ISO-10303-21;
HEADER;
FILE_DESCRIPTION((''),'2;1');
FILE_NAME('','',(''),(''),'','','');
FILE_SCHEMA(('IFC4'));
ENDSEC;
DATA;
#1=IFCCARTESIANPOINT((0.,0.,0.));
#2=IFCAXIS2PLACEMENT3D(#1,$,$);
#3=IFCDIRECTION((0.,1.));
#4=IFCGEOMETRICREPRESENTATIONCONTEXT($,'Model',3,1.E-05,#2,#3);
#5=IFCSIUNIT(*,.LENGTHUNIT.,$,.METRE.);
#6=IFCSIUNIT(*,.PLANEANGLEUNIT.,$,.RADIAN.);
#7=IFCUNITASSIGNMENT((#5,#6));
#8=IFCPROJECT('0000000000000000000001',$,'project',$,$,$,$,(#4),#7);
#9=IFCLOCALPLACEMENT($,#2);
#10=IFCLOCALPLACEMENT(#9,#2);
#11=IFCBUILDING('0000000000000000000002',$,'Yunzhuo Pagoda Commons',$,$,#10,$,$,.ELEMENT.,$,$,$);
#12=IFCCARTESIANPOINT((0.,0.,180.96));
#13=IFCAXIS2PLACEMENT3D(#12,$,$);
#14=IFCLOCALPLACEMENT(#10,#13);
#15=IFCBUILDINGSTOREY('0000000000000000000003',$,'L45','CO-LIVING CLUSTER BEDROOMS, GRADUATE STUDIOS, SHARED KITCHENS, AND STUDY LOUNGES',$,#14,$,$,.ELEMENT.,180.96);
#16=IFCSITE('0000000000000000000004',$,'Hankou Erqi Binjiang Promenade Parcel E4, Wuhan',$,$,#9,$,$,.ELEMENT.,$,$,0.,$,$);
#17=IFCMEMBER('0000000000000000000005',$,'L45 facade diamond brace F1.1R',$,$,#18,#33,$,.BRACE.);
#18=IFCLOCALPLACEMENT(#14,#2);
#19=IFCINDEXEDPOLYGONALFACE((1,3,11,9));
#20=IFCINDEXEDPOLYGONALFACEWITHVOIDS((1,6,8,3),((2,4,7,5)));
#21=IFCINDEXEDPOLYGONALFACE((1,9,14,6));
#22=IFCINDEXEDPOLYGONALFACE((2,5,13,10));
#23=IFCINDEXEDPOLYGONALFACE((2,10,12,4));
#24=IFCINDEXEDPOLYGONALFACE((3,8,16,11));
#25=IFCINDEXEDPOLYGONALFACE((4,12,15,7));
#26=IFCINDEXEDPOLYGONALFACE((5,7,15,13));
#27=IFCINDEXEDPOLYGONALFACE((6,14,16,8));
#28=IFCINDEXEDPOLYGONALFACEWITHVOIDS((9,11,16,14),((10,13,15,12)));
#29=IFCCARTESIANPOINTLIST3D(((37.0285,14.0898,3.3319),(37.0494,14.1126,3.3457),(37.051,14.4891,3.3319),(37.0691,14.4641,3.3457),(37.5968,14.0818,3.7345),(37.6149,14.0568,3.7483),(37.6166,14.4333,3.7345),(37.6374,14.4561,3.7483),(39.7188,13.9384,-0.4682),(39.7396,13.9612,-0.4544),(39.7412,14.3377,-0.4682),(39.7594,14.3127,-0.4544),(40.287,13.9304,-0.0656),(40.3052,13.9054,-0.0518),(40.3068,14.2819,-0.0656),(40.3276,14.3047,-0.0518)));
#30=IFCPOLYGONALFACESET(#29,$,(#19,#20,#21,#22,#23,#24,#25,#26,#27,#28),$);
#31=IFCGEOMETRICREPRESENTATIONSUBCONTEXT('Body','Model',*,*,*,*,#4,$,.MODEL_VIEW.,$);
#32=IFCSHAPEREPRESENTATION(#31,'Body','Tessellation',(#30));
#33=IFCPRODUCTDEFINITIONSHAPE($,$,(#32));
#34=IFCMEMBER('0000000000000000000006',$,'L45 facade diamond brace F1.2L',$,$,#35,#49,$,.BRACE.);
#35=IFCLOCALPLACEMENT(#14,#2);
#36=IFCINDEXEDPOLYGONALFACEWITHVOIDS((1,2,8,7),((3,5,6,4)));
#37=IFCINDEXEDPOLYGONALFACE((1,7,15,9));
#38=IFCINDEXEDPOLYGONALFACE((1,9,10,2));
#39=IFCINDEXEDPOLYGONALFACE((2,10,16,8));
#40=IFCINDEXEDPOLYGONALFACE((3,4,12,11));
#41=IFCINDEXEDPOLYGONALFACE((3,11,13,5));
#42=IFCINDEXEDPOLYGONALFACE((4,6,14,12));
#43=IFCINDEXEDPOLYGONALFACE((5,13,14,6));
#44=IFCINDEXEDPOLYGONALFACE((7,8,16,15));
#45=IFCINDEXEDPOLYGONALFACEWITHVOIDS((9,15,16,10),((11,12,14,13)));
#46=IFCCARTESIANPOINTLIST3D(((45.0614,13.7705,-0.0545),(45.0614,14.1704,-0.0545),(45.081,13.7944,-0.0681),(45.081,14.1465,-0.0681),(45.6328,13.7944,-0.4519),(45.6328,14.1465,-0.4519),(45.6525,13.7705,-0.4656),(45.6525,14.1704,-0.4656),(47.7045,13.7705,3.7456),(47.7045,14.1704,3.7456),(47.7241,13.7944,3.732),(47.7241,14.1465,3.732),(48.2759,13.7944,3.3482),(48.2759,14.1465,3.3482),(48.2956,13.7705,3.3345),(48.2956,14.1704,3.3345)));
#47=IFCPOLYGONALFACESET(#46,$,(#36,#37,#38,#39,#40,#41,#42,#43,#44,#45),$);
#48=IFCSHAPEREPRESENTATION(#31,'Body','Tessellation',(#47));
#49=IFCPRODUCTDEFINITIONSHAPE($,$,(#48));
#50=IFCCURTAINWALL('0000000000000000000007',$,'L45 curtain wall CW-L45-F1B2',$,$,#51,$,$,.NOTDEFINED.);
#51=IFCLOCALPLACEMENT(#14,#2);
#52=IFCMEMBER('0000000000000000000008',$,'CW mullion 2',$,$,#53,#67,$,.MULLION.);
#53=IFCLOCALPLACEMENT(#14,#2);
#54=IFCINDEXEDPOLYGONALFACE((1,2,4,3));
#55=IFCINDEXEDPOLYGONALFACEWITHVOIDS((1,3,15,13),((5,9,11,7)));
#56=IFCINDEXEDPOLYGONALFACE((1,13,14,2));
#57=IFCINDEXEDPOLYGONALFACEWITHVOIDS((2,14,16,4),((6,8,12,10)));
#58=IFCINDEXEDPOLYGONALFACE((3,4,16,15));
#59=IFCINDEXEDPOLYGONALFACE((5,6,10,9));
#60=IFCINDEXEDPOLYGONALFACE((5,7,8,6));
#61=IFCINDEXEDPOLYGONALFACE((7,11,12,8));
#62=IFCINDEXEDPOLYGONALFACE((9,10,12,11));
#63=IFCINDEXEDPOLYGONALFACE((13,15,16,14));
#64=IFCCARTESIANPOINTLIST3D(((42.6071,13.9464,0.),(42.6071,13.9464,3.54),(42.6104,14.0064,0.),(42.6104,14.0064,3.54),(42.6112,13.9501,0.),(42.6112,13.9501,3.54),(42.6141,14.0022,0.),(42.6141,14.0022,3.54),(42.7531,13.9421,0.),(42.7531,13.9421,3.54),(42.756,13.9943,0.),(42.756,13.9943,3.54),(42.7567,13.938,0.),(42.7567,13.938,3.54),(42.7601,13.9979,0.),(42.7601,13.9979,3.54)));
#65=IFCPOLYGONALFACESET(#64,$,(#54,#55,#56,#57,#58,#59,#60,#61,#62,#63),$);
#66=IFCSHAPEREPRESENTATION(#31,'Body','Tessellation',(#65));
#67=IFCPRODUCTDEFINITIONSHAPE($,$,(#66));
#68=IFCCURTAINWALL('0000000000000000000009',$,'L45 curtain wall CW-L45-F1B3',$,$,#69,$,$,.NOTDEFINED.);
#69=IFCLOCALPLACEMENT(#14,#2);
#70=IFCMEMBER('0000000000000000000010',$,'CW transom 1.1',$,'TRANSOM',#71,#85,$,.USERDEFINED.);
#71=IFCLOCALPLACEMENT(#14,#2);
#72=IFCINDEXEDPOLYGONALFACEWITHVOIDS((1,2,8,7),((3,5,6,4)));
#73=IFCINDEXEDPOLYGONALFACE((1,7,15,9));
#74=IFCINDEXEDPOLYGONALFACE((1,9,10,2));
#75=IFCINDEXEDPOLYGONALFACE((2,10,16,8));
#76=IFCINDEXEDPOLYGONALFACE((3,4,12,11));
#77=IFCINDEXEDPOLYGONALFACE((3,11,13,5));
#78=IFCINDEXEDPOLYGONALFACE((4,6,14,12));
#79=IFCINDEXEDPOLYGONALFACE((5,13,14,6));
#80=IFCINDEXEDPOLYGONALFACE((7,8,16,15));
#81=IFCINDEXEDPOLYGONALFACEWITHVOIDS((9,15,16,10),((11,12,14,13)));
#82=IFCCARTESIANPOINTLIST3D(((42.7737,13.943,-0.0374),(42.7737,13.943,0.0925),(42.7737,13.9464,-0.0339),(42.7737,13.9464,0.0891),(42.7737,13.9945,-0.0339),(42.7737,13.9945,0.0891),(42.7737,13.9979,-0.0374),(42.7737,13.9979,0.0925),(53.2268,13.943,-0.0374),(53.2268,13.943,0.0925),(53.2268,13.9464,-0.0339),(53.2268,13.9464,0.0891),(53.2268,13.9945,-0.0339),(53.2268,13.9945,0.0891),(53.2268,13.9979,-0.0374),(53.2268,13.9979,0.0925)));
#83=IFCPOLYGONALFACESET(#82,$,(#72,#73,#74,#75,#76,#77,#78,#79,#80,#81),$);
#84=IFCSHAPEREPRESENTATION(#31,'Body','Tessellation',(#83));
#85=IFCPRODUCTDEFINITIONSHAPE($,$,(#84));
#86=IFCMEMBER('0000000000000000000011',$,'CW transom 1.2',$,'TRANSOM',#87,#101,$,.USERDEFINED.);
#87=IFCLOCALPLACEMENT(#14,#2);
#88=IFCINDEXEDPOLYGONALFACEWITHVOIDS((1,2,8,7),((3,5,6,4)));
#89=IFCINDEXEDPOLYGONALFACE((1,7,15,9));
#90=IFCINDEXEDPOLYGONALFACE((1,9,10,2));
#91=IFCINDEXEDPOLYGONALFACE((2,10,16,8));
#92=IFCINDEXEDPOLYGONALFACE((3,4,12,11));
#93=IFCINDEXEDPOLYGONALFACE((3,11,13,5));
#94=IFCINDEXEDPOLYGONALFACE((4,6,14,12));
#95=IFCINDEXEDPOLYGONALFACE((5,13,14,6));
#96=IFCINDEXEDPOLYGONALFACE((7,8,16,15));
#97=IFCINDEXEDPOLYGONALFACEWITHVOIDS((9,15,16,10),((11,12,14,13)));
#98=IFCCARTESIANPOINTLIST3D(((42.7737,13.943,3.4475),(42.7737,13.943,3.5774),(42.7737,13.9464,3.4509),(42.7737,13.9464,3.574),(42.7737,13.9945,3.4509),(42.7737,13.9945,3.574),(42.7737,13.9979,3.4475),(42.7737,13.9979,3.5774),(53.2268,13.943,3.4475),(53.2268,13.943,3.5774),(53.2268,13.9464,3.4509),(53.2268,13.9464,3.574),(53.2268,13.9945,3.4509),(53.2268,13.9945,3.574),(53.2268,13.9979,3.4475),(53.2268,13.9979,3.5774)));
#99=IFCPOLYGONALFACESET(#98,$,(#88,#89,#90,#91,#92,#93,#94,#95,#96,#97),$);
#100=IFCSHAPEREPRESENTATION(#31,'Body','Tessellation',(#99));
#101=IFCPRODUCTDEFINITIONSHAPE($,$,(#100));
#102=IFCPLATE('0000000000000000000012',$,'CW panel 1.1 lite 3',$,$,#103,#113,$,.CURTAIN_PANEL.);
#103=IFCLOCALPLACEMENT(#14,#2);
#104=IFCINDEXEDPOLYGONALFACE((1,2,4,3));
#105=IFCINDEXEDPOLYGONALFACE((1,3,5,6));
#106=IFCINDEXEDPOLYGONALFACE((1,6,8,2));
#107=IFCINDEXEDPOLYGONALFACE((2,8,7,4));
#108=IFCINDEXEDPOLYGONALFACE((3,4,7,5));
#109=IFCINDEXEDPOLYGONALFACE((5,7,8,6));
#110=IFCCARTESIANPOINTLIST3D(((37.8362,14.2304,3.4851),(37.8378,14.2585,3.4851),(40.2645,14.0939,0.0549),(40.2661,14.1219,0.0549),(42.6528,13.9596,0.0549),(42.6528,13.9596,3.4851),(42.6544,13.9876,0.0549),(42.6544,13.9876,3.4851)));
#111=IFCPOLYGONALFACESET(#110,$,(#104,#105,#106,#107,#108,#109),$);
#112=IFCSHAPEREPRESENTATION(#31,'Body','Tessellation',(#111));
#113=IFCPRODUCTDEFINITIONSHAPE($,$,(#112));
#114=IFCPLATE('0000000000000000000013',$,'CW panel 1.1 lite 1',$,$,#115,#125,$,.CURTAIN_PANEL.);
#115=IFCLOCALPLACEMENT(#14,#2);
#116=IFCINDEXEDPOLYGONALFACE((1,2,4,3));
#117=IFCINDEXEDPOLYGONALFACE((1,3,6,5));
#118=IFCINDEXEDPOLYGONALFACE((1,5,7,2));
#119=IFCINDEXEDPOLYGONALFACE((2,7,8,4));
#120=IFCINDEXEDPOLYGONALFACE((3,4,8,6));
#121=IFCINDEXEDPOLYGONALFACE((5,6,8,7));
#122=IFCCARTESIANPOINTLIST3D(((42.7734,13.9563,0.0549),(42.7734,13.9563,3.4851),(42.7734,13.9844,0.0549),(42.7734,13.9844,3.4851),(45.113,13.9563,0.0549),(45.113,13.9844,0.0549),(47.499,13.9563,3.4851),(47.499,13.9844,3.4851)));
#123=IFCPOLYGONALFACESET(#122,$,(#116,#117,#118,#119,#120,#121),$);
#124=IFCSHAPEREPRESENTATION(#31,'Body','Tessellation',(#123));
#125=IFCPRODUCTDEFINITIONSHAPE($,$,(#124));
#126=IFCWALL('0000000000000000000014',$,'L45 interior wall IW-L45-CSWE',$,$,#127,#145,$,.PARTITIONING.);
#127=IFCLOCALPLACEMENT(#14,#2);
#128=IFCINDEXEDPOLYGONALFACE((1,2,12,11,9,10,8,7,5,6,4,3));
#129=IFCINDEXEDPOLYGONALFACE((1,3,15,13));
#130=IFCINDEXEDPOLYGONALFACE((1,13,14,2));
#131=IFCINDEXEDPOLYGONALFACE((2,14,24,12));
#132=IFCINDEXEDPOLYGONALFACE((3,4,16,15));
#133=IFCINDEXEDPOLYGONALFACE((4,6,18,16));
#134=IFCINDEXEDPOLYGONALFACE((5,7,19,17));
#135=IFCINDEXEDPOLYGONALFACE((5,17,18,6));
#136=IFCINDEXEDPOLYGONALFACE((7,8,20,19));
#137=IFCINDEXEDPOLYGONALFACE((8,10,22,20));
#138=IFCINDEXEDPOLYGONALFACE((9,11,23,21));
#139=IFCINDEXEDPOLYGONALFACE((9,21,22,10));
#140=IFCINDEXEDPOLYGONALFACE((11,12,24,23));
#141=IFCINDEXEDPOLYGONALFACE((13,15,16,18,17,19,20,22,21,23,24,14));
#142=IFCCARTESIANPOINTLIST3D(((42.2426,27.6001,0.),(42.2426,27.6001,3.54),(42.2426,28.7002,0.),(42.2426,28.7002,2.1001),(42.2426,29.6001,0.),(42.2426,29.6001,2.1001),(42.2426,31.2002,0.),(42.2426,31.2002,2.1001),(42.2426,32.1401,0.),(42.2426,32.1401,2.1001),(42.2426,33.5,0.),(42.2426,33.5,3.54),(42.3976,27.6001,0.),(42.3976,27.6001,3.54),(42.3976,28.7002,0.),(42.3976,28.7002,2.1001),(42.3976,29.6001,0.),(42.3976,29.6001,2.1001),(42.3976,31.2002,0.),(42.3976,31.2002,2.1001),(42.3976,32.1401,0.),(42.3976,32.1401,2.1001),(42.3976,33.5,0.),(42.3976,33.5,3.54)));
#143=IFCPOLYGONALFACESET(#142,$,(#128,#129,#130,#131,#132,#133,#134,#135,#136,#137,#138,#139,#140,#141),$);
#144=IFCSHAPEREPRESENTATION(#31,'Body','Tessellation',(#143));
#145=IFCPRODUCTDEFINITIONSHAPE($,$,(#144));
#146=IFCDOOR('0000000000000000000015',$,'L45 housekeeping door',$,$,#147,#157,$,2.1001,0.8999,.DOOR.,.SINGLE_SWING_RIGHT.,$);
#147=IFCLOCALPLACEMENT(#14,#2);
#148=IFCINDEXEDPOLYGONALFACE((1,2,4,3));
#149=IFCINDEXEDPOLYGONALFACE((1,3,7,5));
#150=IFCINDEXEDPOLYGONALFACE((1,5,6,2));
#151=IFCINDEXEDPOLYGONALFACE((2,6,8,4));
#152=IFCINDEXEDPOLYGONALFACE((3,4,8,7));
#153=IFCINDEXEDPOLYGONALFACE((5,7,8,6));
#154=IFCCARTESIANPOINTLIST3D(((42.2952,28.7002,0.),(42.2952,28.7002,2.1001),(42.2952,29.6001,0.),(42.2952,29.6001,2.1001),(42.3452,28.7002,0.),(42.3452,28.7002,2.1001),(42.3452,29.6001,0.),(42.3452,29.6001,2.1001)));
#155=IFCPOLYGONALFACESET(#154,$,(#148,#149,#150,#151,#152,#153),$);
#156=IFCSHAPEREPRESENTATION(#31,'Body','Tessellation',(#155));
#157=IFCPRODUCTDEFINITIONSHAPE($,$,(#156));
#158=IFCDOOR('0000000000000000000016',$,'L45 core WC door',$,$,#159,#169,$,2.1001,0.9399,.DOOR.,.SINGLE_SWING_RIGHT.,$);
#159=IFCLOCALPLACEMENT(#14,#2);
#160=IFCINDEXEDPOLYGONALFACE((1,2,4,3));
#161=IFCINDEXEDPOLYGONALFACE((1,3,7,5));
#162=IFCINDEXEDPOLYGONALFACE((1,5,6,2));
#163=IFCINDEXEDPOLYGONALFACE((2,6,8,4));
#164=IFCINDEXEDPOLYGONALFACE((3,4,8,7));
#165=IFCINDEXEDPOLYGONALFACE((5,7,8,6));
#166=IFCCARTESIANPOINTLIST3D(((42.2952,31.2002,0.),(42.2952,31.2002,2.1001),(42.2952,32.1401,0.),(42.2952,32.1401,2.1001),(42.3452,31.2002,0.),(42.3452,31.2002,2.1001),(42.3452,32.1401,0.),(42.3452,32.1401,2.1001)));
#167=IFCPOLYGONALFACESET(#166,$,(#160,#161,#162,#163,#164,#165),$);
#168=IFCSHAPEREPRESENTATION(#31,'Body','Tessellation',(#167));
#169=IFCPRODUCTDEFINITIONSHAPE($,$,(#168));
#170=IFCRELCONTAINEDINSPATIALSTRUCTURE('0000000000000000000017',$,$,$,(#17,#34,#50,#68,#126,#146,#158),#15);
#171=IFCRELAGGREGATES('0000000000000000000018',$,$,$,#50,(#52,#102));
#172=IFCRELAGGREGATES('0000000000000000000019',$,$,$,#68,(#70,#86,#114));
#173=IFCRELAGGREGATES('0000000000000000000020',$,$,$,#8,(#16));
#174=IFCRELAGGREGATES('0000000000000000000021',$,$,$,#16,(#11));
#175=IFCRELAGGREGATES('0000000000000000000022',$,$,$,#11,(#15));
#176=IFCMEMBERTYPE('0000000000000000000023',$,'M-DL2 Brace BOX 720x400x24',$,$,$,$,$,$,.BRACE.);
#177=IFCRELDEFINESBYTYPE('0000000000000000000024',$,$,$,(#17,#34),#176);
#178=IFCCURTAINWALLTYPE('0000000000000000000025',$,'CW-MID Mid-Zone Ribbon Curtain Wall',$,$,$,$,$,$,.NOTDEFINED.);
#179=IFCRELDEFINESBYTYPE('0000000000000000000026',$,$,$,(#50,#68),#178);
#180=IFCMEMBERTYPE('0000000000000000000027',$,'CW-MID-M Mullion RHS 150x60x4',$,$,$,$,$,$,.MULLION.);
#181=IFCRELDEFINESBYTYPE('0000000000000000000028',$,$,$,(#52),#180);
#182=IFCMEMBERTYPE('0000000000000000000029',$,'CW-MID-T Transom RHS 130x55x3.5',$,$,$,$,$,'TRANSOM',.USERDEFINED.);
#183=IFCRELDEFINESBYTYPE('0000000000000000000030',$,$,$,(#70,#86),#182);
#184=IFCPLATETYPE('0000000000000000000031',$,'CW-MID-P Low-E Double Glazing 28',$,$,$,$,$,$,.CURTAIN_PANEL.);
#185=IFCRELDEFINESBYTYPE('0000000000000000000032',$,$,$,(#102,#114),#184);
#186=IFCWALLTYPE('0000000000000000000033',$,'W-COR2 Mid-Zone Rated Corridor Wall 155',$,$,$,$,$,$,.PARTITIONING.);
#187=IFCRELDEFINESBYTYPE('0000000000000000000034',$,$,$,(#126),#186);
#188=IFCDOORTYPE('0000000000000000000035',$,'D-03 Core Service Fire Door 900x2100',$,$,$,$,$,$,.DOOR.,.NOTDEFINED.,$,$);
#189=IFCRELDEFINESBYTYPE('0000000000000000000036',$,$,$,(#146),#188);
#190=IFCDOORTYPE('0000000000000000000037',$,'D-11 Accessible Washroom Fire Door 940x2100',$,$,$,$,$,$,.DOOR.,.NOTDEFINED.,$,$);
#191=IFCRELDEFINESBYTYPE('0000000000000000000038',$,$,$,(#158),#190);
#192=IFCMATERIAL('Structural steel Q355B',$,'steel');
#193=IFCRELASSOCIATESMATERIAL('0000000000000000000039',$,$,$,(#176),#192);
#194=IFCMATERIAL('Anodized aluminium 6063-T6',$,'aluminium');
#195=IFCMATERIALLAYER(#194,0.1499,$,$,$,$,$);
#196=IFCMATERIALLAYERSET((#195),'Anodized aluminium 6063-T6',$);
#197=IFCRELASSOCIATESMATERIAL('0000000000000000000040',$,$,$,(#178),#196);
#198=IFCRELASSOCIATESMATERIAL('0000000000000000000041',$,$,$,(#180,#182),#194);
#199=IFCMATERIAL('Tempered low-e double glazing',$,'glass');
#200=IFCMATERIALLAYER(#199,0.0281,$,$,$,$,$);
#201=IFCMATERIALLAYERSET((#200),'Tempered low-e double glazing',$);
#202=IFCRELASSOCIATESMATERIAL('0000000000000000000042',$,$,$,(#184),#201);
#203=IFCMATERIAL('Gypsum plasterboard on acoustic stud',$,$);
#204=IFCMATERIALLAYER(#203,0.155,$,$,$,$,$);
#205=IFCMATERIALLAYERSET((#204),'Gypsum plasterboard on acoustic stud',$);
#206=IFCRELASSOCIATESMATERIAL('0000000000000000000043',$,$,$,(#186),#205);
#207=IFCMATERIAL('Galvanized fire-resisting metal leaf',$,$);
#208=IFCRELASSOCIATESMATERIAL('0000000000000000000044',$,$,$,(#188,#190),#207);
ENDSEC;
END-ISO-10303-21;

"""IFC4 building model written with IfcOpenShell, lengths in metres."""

from ifc_helpers import new_model, si_unit, direction, frame, frame_2d, origin, origin_with_axes, origin_2d, place, context, subcontext, project, spatial, polyline, rectangle, hollow_rectangle, outline, extrude, source, transform, mapped, material, layer, layer_set, material_profile, profile_set, type_object, element, fill, aggregate, save


model = new_model("IFC4")

# Units and contexts
model_context = context("Model", 3, precision=1e-05, world=origin(), true_north=direction((0.0, 1.0)))
body_context = subcontext(model_context, "Body", "Model", "MODEL_VIEW")
ifc_project = project(units=[si_unit("LENGTHUNIT", "METRE"), si_unit("PLANEANGLEUNIT", "RADIAN")], contexts=[model_context])

# Site, building, storey
site_placement = place(None, origin())
site = spatial("IfcSite", under=ifc_project, at=site_placement, Name="Hankou Erqi Binjiang Promenade Parcel E4, Wuhan", CompositionType="ELEMENT", RefElevation=0.0)
building_placement = place(site_placement, origin())
building = spatial("IfcBuilding", under=site, at=building_placement, Name="Yunzhuo Pagoda Commons", CompositionType="ELEMENT")
storey_placement = place(building_placement, frame((0.0, 0.0, 180.96)))
storey = spatial("IfcBuildingStorey", under=building, at=storey_placement, Name="L45", Description="CO-LIVING CLUSTER BEDROOMS, GRADUATE STUDIOS, SHARED KITCHENS, AND STUDY LOUNGES", CompositionType="ELEMENT", Elevation=180.96)

# Shared definitions
ifc_material_1 = material(Name="Structural steel Q355B", Category="steel")

# Members
ifc_material_profile_1 = material_profile(ifc_material_1, hollow_rectangle(XDim=0.3999, YDim=0.72, WallThickness=0.0239, at=origin_2d()), Name="Structural steel Q355B")
ifc_profile_set_1 = profile_set([ifc_material_profile_1], Name="Structural steel Q355B")
member_type_1 = type_object("IfcMemberType", Name="M-DL2 Brace BOX 720x400x24", PredefinedType="BRACE", material=ifc_profile_set_1)
shared_shape_1 = source(origin(), body_context, "Body", "SweptSolid", [
    extrude(hollow_rectangle(XDim=0.3999, YDim=0.72, WallThickness=0.0239, at=origin_2d()), origin(), (0.0, 0.0, 1.0), 4.6584),
])
member_1_placement = place(storey_placement, frame((40.0232, 14.1216, -0.26), z_axis=(-0.577495, 0.032494, 0.815747), x_axis=(-0.056178, -0.998421, 0.0)))
element("IfcMember", 1, at=member_1_placement, inside=storey, type_object=member_type_1, Name="L45 facade diamond brace F1.1R", PredefinedType="BRACE", context=body_context, shape_type="MappedRepresentation", body=[
    mapped(shared_shape_1, transform((0.0, 0.0, 0.0), scale=1.0)),
])
shared_shape_2 = source(origin(), body_context, "Body", "SweptSolid", [
    extrude(hollow_rectangle(XDim=0.3999, YDim=0.72, WallThickness=0.0239, at=origin_2d()), origin(), (0.0, 0.0, 1.0), 4.6289),
])
member_2_placement = place(storey_placement, frame((45.3569, 13.9705, -0.26), z_axis=(0.571, 0.0, 0.82095), x_axis=(0.0, 1.0, 0.0)))
element("IfcMember", 2, at=member_2_placement, inside=storey, type_object=member_type_1, Name="L45 facade diamond brace F1.2L", PredefinedType="BRACE", context=body_context, shape_type="MappedRepresentation", body=[
    mapped(shared_shape_2, transform((0.0, 0.0, 0.0), scale=1.0)),
])

# Curtain wall, member
ifc_material_2 = material(Name="Anodized aluminium 6063-T6", Category="aluminium")
ifc_layer_1 = layer(ifc_material_2, 0.1499)
ifc_layer_set_1 = layer_set([ifc_layer_1], Name="Anodized aluminium 6063-T6")
curtain_wall_type = type_object("IfcCurtainWallType", Name="CW-MID Mid-Zone Ribbon Curtain Wall", PredefinedType="NOTDEFINED", material=ifc_layer_set_1)
curtain_wall_1_placement = place(storey_placement, origin())
curtain_wall_1 = element("IfcCurtainWall", 3, at=curtain_wall_1_placement, inside=storey, type_object=curtain_wall_type, Name="L45 curtain wall CW-L45-F1B2", PredefinedType="NOTDEFINED")
ifc_material_profile_2 = material_profile(ifc_material_2, hollow_rectangle(XDim=0.0601, YDim=0.1499, WallThickness=0.0039, at=origin_2d()), Name="Anodized aluminium 6063-T6")
ifc_profile_set_2 = profile_set([ifc_material_profile_2], Name="Anodized aluminium 6063-T6")
member_type_2 = type_object("IfcMemberType", Name="CW-MID-M Mullion RHS 150x60x4", PredefinedType="MULLION", material=ifc_profile_set_2)
shared_shape_3 = source(origin(), body_context, "Body", "SweptSolid", [
    extrude(hollow_rectangle(XDim=0.0601, YDim=0.1499, WallThickness=0.0039, at=origin_2d()), origin(), (0.0, 0.0, 1.0), 3.54),
])
member_3_placement = place(storey_placement, frame((42.6836, 13.9722, 0.0), z_axis=(0.0, 0.0, 1.0), x_axis=(0.056143, 0.998423, 0.0)))
member_3 = element("IfcMember", 4, at=member_3_placement, type_object=member_type_2, Name="CW mullion 2", PredefinedType="MULLION", context=body_context, shape_type="MappedRepresentation", body=[
    mapped(shared_shape_3, transform((0.0, 0.0, 0.0), scale=1.0)),
])

# Curtain wall, members
curtain_wall_2_placement = place(storey_placement, origin())
curtain_wall_2 = element("IfcCurtainWall", 5, at=curtain_wall_2_placement, inside=storey, type_object=curtain_wall_type, Name="L45 curtain wall CW-L45-F1B3", PredefinedType="NOTDEFINED")
ifc_material_profile_3 = material_profile(ifc_material_2, hollow_rectangle(XDim=0.0549, YDim=0.1299, WallThickness=0.0034, at=origin_2d()), Name="Anodized aluminium 6063-T6")
ifc_profile_set_3 = profile_set([ifc_material_profile_3], Name="Anodized aluminium 6063-T6")
member_type_3 = type_object("IfcMemberType", Name="CW-MID-T Transom RHS 130x55x3.5", ElementType="TRANSOM", PredefinedType="USERDEFINED", material=ifc_profile_set_3)
shared_shape_4 = source(origin(), body_context, "Body", "SweptSolid", [
    extrude(hollow_rectangle(XDim=0.0549, YDim=0.1299, WallThickness=0.0034, at=origin_2d()), origin(), (0.0, 0.0, 1.0), 10.4531),
])
member_4_placement = place(storey_placement, frame((42.7737, 13.9705, 0.0276), z_axis=(1.0, 0.0, 0.0), x_axis=(0.0, 1.0, 0.0)))
member_4 = element("IfcMember", 6, at=member_4_placement, type_object=member_type_3, Name="CW transom 1.1", ObjectType="TRANSOM", PredefinedType="USERDEFINED", context=body_context, shape_type="MappedRepresentation", body=[
    mapped(shared_shape_4, transform((0.0, 0.0, 0.0), scale=1.0)),
])
member_5_placement = place(storey_placement, frame((42.7737, 13.9705, 3.5125), z_axis=(1.0, 0.0, 0.0), x_axis=(0.0, 1.0, 0.0)))
member_5 = element("IfcMember", 7, at=member_5_placement, type_object=member_type_3, Name="CW transom 1.2", ObjectType="TRANSOM", PredefinedType="USERDEFINED", context=body_context, shape_type="MappedRepresentation", body=[
    mapped(shared_shape_4, transform((0.0, 0.0, 0.0), scale=1.0)),
])

# Plates
ifc_material_3 = material(Name="Tempered low-e double glazing", Category="glass")
ifc_layer_2 = layer(ifc_material_3, 0.0281)
ifc_layer_set_2 = layer_set([ifc_layer_2], Name="Tempered low-e double glazing")
plate_type = type_object("IfcPlateType", Name="CW-MID-P Low-E Double Glazing 28", PredefinedType="CURTAIN_PANEL", material=ifc_layer_set_2)
plate_1_placement = place(storey_placement, frame((40.2461, 14.123, 1.77), z_axis=(-0.056143, -0.998423, 0.0), x_axis=(0.998423, -0.056143, 0.0)))
plate_1 = element("IfcPlate", 8, at=plate_1_placement, type_object=plate_type, Name="CW panel 1.1 lite 3", PredefinedType="CURTAIN_PANEL", context=body_context, shape_type="SweptSolid", body=[
    extrude(outline(polyline([(-2.4121, 1.7151), (0.02, -1.7151), (2.4121, -1.7151), (2.4121, 1.7151), (-2.4121, 1.7151)])), origin(), (0.0, 0.0, 1.0), 0.0281),
])
aggregate(curtain_wall_1, [member_3, plate_1])
plate_2_placement = place(storey_placement, frame((45.1362, 13.9844, 1.77), z_axis=(0.0, -1.0, 0.0), x_axis=(1.0, 0.0, 0.0)))
plate_2 = element("IfcPlate", 9, at=plate_2_placement, type_object=plate_type, Name="CW panel 1.1 lite 1", PredefinedType="CURTAIN_PANEL", context=body_context, shape_type="SweptSolid", body=[
    extrude(outline(polyline([(-2.3628, -1.7151), (-0.0232, -1.7151), (2.3628, 1.7151), (-2.3628, 1.7151), (-2.3628, -1.7151)])), origin(), (0.0, 0.0, 1.0), 0.0281),
])
aggregate(curtain_wall_2, [member_4, member_5, plate_2])

# Wall, openings, doors
ifc_material_4 = material(Name="Gypsum plasterboard on acoustic stud")
ifc_layer_3 = layer(ifc_material_4, 0.155)
ifc_layer_set_3 = layer_set([ifc_layer_3], Name="Gypsum plasterboard on acoustic stud")
wall_type_1 = type_object("IfcWallType", Name="W-COR2 Mid-Zone Rated Corridor Wall 155", PredefinedType="PARTITIONING", material=ifc_layer_set_3)
wall_1_placement = place(storey_placement, frame((42.3201, 27.6001, 0.0), z_axis=(0.0, 0.0, 1.0), x_axis=(0.0, 1.0, 0.0)))
wall_1 = element("IfcWall", 10, at=wall_1_placement, inside=storey, type_object=wall_type_1, Name="L45 interior wall IW-L45-CSWE", PredefinedType="PARTITIONING", context=body_context, shape_type="SweptSolid", body=[
    extrude(rectangle(XDim=5.8999, YDim=0.155, at=frame_2d((2.95, 0.0))), origin(), (0.0, 0.0, 1.0), 3.54),
])
opening_1_placement = place(wall_1_placement, frame((1.1001, 0.0, 0.0)))
opening_1 = element("IfcOpeningElement", 11, at=opening_1_placement, cuts=wall_1, PredefinedType="OPENING", context=body_context, shape_type="SweptSolid", body=[
    extrude(rectangle(XDim=0.8999, YDim=2.1001, at=frame_2d((0.45, 1.05))), frame((0.0, 0.0874, 0.0), z_axis=(0.0, -1.0, 0.0), x_axis=(1.0, 0.0, 0.0)), (0.0, 0.0, 1.0), 0.175),
])
opening_2_placement = place(wall_1_placement, frame((3.6001, 0.0, 0.0)))
opening_2 = element("IfcOpeningElement", 12, at=opening_2_placement, cuts=wall_1, PredefinedType="OPENING", context=body_context, shape_type="SweptSolid", body=[
    extrude(rectangle(XDim=0.9399, YDim=2.1001, at=frame_2d((0.47, 1.05))), frame((0.0, 0.0874, 0.0), z_axis=(0.0, -1.0, 0.0), x_axis=(1.0, 0.0, 0.0)), (0.0, 0.0, 1.0), 0.175),
])
ifc_material_5 = material(Name="Galvanized fire-resisting metal leaf")
door_type_1 = type_object("IfcDoorType", Name="D-03 Core Service Fire Door 900x2100", OperationType="NOTDEFINED", PredefinedType="DOOR", material=ifc_material_5)
shared_shape_5 = source(origin(), body_context, "Body", "SweptSolid", [
    extrude(rectangle(XDim=0.8999, YDim=2.1001, at=frame_2d((0.45, 1.05))), frame((0.0, 0.0249, 0.0), z_axis=(0.0, -1.0, 0.0), x_axis=(1.0, 0.0, 0.0)), (0.0, 0.0, 1.0), 0.05),
])
door_1_placement = place(opening_1_placement, origin_with_axes())
door_1 = element("IfcDoor", 13, at=door_1_placement, inside=storey, type_object=door_type_1, Name="L45 housekeeping door", OperationType="SINGLE_SWING_RIGHT", OverallHeight=2.1001, OverallWidth=0.8999, PredefinedType="DOOR", context=body_context, shape_type="MappedRepresentation", body=[
    mapped(shared_shape_5, transform((0.0, 0.0, 0.0), scale=1.0)),
])
fill(opening_1, door_1)
door_type_2 = type_object("IfcDoorType", Name="D-11 Accessible Washroom Fire Door 940x2100", OperationType="NOTDEFINED", PredefinedType="DOOR", material=ifc_material_5)
shared_shape_6 = source(origin(), body_context, "Body", "SweptSolid", [
    extrude(rectangle(XDim=0.9399, YDim=2.1001, at=frame_2d((0.47, 1.05))), frame((0.0, 0.0249, 0.0), z_axis=(0.0, -1.0, 0.0), x_axis=(1.0, 0.0, 0.0)), (0.0, 0.0, 1.0), 0.05),
])
door_2_placement = place(opening_2_placement, origin_with_axes())
door_2 = element("IfcDoor", 14, at=door_2_placement, inside=storey, type_object=door_type_2, Name="L45 core WC door", OperationType="SINGLE_SWING_RIGHT", OverallHeight=2.1001, OverallWidth=0.9399, PredefinedType="DOOR", context=body_context, shape_type="MappedRepresentation", body=[
    mapped(shared_shape_6, transform((0.0, 0.0, 0.0), scale=1.0)),
])
fill(opening_2, door_2)

save(model, "model.ifc")
